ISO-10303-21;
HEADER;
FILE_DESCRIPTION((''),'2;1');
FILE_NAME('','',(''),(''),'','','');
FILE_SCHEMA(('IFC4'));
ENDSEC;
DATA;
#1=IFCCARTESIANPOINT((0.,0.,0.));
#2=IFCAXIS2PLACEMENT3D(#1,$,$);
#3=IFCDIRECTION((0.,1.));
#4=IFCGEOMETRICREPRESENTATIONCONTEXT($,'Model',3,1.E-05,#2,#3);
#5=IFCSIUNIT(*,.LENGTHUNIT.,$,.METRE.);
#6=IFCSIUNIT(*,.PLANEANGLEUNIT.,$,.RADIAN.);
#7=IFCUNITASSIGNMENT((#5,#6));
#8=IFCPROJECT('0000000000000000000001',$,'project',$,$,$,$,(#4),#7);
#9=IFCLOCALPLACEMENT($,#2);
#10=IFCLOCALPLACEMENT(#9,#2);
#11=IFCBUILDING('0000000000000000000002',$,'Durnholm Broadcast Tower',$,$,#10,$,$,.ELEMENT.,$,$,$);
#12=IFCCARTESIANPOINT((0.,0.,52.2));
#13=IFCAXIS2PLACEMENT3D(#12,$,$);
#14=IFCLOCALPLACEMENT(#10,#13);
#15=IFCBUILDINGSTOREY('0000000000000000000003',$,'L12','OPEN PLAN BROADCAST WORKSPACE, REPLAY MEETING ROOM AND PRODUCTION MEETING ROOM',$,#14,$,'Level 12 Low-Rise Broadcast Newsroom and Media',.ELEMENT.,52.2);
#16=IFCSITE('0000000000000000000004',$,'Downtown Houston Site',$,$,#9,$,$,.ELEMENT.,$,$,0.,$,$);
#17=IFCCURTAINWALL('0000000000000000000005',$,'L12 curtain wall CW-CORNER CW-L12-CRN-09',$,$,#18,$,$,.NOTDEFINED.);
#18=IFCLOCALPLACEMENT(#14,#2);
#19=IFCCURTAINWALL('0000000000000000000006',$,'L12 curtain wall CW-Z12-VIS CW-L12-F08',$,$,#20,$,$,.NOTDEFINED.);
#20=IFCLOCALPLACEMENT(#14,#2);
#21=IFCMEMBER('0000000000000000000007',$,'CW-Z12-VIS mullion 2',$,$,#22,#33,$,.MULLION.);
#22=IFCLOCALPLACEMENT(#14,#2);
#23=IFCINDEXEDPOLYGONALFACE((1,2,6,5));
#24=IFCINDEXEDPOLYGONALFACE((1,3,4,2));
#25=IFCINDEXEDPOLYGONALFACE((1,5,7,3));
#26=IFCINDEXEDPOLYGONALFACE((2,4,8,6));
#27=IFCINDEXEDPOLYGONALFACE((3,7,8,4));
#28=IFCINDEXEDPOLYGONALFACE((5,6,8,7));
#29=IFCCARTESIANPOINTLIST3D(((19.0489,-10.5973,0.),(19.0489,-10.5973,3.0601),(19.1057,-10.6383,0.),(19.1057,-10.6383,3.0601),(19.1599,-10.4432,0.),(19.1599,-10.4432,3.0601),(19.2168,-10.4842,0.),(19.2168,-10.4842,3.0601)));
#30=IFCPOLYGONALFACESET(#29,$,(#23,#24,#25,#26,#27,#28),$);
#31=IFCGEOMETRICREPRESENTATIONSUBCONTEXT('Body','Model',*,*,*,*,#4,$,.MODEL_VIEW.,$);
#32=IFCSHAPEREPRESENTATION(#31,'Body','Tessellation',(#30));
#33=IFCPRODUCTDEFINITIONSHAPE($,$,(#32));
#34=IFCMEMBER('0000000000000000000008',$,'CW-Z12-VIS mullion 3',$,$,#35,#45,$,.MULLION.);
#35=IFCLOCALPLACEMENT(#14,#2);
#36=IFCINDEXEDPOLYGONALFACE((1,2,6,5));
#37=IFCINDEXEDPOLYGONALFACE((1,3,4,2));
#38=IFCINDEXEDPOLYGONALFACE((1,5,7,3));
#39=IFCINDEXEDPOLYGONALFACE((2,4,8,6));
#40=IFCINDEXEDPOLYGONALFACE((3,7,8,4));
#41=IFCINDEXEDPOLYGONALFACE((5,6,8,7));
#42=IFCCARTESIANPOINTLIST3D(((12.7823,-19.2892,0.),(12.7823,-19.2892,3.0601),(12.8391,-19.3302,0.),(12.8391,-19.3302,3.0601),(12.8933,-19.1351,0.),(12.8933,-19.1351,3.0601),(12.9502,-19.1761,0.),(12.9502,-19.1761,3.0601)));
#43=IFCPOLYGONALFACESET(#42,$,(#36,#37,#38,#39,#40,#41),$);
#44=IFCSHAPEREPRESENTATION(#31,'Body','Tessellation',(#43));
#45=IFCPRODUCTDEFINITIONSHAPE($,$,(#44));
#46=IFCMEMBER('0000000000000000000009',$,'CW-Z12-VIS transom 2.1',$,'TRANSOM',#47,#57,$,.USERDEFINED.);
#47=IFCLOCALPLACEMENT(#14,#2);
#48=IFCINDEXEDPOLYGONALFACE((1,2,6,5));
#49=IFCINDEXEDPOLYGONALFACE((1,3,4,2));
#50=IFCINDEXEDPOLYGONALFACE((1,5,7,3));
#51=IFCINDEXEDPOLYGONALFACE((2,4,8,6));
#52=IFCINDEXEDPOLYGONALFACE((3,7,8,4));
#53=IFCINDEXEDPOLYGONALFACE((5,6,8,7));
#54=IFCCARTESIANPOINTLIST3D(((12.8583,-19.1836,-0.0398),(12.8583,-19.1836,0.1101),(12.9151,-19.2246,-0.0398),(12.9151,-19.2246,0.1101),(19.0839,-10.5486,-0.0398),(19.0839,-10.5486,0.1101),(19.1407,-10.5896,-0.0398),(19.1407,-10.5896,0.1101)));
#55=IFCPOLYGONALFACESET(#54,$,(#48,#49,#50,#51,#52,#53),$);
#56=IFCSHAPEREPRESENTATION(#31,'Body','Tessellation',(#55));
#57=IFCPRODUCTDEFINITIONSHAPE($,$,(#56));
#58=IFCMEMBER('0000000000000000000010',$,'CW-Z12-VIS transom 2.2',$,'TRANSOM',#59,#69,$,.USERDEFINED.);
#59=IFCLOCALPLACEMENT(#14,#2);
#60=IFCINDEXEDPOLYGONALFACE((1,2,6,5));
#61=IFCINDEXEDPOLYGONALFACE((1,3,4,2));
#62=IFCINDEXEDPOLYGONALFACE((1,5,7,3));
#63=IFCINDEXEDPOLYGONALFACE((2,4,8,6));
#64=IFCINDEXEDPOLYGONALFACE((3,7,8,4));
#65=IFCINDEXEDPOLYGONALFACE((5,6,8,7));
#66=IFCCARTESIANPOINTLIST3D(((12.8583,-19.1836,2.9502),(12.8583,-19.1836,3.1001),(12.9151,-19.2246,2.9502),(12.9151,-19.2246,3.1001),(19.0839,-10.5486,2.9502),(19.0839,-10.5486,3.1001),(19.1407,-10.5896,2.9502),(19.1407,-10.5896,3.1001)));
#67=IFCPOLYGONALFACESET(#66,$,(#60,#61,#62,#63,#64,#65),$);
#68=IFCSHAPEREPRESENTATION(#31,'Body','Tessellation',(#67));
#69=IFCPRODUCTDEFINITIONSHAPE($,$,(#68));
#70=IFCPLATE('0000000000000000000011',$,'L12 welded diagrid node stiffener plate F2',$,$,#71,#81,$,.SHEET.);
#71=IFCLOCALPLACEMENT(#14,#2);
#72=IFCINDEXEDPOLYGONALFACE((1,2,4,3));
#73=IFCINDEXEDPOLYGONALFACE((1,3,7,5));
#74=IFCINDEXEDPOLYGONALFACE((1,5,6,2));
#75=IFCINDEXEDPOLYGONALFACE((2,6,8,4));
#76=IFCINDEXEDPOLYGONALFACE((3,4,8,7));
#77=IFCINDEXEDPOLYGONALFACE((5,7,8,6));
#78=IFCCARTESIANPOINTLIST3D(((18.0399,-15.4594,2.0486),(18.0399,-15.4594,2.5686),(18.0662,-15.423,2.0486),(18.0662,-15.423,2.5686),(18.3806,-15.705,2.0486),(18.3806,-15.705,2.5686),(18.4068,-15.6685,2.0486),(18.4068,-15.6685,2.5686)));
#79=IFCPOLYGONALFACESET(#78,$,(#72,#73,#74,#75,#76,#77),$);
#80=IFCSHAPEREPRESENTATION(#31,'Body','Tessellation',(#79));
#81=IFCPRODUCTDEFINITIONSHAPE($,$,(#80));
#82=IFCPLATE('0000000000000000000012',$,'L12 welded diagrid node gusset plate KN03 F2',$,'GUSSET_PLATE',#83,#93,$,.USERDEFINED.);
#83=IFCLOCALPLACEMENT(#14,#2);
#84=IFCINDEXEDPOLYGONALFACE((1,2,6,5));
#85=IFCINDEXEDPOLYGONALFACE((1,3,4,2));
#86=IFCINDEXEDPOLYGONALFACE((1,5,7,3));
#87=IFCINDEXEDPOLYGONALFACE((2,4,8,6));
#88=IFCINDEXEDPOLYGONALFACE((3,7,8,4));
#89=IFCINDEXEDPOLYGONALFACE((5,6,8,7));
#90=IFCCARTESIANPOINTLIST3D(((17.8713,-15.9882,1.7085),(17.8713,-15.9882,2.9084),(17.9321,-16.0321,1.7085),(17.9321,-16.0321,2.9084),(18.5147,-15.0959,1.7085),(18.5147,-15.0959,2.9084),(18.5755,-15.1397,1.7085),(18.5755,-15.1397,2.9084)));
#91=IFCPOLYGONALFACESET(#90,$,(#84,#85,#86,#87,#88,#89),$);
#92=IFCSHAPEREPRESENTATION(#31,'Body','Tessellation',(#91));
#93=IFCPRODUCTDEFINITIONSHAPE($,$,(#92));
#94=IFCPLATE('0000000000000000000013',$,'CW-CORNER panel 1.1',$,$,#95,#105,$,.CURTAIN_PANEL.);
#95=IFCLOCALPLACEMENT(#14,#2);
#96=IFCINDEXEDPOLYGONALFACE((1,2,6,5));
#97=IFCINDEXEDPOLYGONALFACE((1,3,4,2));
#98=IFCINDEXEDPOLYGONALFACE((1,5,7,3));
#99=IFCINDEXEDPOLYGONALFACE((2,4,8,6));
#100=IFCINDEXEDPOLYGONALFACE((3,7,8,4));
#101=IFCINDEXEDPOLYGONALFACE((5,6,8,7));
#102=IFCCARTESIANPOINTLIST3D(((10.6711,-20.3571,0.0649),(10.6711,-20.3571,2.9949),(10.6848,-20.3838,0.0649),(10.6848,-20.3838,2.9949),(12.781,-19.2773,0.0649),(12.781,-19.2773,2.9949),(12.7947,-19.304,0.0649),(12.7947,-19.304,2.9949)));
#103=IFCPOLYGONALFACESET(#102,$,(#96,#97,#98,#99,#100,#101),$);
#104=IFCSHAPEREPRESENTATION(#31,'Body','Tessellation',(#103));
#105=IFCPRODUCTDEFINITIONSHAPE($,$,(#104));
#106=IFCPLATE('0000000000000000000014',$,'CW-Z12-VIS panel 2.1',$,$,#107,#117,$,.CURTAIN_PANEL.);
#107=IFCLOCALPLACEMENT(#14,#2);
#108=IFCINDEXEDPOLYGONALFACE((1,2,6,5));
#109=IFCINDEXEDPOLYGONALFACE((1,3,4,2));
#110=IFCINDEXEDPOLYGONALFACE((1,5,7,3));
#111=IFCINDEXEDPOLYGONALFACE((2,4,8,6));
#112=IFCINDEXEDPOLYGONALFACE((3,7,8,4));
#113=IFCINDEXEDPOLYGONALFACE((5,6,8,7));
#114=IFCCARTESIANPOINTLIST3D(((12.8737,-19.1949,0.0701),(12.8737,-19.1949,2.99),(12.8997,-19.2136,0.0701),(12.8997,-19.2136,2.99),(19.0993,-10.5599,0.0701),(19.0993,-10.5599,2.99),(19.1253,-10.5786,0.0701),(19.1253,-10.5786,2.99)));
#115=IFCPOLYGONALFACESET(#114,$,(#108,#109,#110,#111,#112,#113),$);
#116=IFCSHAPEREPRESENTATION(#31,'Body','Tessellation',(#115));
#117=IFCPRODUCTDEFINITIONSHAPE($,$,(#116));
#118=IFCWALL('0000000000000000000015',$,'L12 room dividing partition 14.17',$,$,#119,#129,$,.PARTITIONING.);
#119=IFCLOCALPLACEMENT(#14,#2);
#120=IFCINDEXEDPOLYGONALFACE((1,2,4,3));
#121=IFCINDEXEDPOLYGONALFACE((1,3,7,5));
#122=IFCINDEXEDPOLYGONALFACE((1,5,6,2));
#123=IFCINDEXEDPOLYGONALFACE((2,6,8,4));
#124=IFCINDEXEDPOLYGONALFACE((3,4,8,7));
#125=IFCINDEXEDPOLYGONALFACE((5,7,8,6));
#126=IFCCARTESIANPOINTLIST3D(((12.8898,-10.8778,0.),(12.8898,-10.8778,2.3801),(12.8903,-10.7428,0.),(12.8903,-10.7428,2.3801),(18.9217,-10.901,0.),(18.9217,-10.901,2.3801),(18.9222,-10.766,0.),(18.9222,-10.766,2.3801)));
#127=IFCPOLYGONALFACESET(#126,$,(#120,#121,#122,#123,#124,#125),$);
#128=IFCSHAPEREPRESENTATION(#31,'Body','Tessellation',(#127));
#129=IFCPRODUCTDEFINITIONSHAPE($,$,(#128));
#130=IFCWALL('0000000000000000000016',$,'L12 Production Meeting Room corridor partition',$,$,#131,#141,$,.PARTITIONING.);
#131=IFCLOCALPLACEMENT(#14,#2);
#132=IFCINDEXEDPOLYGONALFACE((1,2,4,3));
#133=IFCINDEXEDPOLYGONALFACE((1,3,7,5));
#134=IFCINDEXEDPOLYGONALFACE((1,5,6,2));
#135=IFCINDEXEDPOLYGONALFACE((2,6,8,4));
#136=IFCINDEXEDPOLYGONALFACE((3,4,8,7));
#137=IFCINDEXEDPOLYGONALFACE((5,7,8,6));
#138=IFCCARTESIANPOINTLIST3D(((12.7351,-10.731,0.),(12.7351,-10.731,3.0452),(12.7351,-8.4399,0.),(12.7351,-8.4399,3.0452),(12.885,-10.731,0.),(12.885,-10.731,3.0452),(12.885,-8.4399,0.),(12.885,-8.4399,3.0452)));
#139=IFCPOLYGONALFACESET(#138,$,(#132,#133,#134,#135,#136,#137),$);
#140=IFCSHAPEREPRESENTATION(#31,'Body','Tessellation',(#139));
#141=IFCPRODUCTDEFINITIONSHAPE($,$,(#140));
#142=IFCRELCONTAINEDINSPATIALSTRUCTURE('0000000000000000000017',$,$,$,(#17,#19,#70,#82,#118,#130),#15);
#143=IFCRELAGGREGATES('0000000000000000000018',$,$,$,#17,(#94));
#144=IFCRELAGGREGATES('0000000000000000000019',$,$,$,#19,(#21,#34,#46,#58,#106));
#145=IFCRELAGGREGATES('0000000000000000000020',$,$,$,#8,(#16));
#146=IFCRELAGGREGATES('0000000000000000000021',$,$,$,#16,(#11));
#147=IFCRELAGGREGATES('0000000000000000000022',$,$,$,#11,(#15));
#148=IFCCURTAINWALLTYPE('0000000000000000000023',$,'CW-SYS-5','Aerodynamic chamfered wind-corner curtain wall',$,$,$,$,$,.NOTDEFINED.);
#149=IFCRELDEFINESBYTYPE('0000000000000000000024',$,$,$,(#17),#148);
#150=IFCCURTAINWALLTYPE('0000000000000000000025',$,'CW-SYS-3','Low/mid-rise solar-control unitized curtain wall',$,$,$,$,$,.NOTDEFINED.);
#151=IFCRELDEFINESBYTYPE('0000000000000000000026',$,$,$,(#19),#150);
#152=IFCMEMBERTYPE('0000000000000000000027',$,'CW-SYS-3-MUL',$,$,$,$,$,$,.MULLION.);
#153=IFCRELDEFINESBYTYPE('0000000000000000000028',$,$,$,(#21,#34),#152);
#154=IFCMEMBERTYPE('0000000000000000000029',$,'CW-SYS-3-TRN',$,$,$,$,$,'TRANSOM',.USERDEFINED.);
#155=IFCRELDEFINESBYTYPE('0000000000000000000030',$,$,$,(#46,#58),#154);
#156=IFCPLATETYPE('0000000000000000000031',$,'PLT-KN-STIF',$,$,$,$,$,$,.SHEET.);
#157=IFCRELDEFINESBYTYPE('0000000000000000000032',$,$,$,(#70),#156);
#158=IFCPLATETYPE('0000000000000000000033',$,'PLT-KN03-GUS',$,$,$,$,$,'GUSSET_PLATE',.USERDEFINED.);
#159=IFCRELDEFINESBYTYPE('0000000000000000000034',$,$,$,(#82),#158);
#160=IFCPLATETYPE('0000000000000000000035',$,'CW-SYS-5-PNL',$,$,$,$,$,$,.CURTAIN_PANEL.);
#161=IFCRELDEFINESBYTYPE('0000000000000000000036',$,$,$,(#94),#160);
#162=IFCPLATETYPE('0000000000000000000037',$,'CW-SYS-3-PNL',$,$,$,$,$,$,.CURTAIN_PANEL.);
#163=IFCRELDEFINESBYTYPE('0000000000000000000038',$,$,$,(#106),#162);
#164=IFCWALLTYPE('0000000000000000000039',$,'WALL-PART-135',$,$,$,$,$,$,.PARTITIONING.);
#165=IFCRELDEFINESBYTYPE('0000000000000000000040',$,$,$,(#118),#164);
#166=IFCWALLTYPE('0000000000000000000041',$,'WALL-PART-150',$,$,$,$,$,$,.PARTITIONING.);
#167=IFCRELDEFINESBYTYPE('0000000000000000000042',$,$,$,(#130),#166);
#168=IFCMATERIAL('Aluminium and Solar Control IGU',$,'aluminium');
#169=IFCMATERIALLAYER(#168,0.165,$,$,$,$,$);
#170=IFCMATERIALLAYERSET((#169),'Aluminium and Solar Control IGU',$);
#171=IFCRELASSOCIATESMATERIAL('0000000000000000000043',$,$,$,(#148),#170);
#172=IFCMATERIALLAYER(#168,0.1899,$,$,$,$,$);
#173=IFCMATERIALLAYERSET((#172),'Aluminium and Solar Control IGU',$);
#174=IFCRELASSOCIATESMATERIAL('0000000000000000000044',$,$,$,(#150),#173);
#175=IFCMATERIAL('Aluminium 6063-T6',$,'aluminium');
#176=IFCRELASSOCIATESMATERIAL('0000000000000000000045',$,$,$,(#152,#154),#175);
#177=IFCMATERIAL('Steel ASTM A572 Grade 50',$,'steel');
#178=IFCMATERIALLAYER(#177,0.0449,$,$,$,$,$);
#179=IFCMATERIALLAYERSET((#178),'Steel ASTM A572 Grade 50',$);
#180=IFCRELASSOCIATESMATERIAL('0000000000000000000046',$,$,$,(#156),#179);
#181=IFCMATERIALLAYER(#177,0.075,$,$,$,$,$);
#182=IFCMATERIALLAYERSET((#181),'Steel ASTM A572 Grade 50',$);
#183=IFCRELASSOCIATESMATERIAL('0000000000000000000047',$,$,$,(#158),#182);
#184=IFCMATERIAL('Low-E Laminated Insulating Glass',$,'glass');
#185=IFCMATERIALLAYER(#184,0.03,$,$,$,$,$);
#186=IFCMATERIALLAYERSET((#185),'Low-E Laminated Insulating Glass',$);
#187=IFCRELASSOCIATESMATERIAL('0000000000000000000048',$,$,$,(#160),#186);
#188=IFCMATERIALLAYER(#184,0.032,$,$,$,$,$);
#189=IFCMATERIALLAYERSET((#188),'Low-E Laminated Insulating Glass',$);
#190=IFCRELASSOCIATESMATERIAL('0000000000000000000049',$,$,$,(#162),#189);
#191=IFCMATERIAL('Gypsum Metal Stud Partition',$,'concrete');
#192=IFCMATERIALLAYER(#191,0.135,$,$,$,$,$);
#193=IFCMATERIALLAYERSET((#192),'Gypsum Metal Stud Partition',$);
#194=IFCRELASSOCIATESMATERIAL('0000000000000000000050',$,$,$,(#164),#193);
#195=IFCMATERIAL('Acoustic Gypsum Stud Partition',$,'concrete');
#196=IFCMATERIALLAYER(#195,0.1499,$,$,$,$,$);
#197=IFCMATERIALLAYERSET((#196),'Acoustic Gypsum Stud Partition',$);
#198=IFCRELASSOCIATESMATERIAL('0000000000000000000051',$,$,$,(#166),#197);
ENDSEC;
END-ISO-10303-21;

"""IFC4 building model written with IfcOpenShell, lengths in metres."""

from ifc_helpers import new_model, si_unit, direction, frame, frame_2d, origin, origin_2d, place, context, subcontext, project, spatial, rectangle, extrude, source, transform, mapped, material, layer, layer_set, material_profile, profile_set, type_object, type_shapes, element, aggregate, save


model = new_model("IFC4")

# Units and contexts
model_context = context("Model", 3, precision=1e-05, world=origin(), true_north=direction((0.0, 1.0)))
body_context = subcontext(model_context, "Body", "Model", "MODEL_VIEW")
ifc_project = project(units=[si_unit("LENGTHUNIT", "METRE"), si_unit("PLANEANGLEUNIT", "RADIAN")], contexts=[model_context])

# Site, building, storey
site_placement = place(None, origin())
site = spatial("IfcSite", under=ifc_project, at=site_placement, Name="Downtown Houston Site", CompositionType="ELEMENT", RefElevation=0.0)
building_placement = place(site_placement, origin())
building = spatial("IfcBuilding", under=site, at=building_placement, Name="Durnholm Broadcast Tower", CompositionType="ELEMENT")
storey_placement = place(building_placement, frame((0.0, 0.0, 52.2)))
storey = spatial("IfcBuildingStorey", under=building, at=storey_placement, Name="L12", Description="OPEN PLAN BROADCAST WORKSPACE, REPLAY MEETING ROOM AND PRODUCTION MEETING ROOM", LongName="Level 12 Low-Rise Broadcast Newsroom and Media", CompositionType="ELEMENT", Elevation=52.2)

# Curtain walls, members
ifc_material_1 = material(Name="Aluminium and Solar Control IGU", Category="aluminium")
ifc_layer_1 = layer(ifc_material_1, 0.165)
ifc_layer_set_1 = layer_set([ifc_layer_1], Name="Aluminium and Solar Control IGU")
curtain_wall_type_1 = type_object("IfcCurtainWallType", Name="CW-SYS-5", Description="Aerodynamic chamfered wind-corner curtain wall", PredefinedType="NOTDEFINED", material=ifc_layer_set_1)
curtain_wall_1_placement = place(storey_placement, origin())
curtain_wall_1 = element("IfcCurtainWall", 1, at=curtain_wall_1_placement, inside=storey, type_object=curtain_wall_type_1, Name="L12 curtain wall CW-CORNER CW-L12-CRN-09", PredefinedType="NOTDEFINED")
ifc_material_2 = material(Name="Aluminium 6063-T6", Category="aluminium")
ifc_layer_2 = layer(ifc_material_1, 0.1899)
ifc_layer_set_2 = layer_set([ifc_layer_2], Name="Aluminium and Solar Control IGU")
curtain_wall_type_2 = type_object("IfcCurtainWallType", Name="CW-SYS-3", Description="Low/mid-rise solar-control unitized curtain wall", PredefinedType="NOTDEFINED", material=ifc_layer_set_2)
curtain_wall_2_placement = place(storey_placement, origin())
curtain_wall_2 = element("IfcCurtainWall", 2, at=curtain_wall_2_placement, inside=storey, type_object=curtain_wall_type_2, Name="L12 curtain wall CW-Z12-VIS CW-L12-F08", PredefinedType="NOTDEFINED")
ifc_material_profile_1 = material_profile(ifc_material_2, rectangle(XDim=0.0701, YDim=0.1899, at=origin_2d()), Name="CWM70X190")
ifc_profile_set_1 = profile_set([ifc_material_profile_1], Name="Aluminium 6063-T6")
member_type_1 = type_object("IfcMemberType", Name="CW-SYS-3-MUL", PredefinedType="MULLION", material=ifc_profile_set_1)
shared_shape_1 = source(origin(), body_context, "Body", "SweptSolid", [
    extrude(rectangle(XDim=0.0701, YDim=0.1899, at=origin_2d()), origin(), (0.0, 0.0, 1.0), 3.0601),
])
type_shapes(member_type_1, [shared_shape_1])
member_1_placement = place(storey_placement, frame((19.1328, -10.5408, 0.0), z_axis=(0.0, 0.0, 1.0), x_axis=(0.811161, -0.584823, 0.0)))
member_1 = element("IfcMember", 3, at=member_1_placement, type_object=member_type_1, Name="CW-Z12-VIS mullion 2", PredefinedType="MULLION", context=body_context, shape_type="MappedRepresentation", body=[
    mapped(shared_shape_1, transform((0.0, 0.0, 0.0), x_axis=(1.0, 0.0, 0.0), y_axis=(0.0, 1.0, 0.0), z_axis=(0.0, 0.0, 1.0), scale=1.0)),
])
member_2_placement = place(storey_placement, frame((12.8662, -19.2327, 0.0), z_axis=(0.0, 0.0, 1.0), x_axis=(0.811161, -0.584823, 0.0)))
member_2 = element("IfcMember", 4, at=member_2_placement, type_object=member_type_1, Name="CW-Z12-VIS mullion 3", PredefinedType="MULLION", context=body_context, shape_type="MappedRepresentation", body=[
    mapped(shared_shape_1, transform((0.0, 0.0, 0.0), x_axis=(1.0, 0.0, 0.0), y_axis=(0.0, 1.0, 0.0), z_axis=(0.0, 0.0, 1.0), scale=1.0)),
])
ifc_material_profile_2 = material_profile(ifc_material_2, rectangle(XDim=0.0701, YDim=0.1499, at=origin_2d()), Name="CWT70X150")
ifc_profile_set_2 = profile_set([ifc_material_profile_2], Name="Aluminium 6063-T6")
member_type_2 = type_object("IfcMemberType", Name="CW-SYS-3-TRN", ElementType="TRANSOM", PredefinedType="USERDEFINED", material=ifc_profile_set_2)
shared_shape_2 = source(origin(), body_context, "Body", "SweptSolid", [
    extrude(rectangle(XDim=0.0701, YDim=0.1499, at=origin_2d()), origin(), (0.0, 0.0, 1.0), 10.6453),
])
type_shapes(member_type_2, [shared_shape_2])
member_3_placement = place(storey_placement, frame((19.1123, -10.5691, 0.0352), z_axis=(-0.584823, -0.811161, 0.0), x_axis=(0.811161, -0.584823, 0.0)))
member_3 = element("IfcMember", 5, at=member_3_placement, type_object=member_type_2, Name="CW-Z12-VIS transom 2.1", ObjectType="TRANSOM", PredefinedType="USERDEFINED", context=body_context, shape_type="MappedRepresentation", body=[
    mapped(shared_shape_2, transform((0.0, 0.0, 0.0), x_axis=(1.0, 0.0, 0.0), y_axis=(0.0, 1.0, 0.0), z_axis=(0.0, 0.0, 1.0), scale=1.0)),
])
member_4_placement = place(storey_placement, frame((19.1123, -10.5691, 3.0251), z_axis=(-0.584823, -0.811161, 0.0), x_axis=(0.811161, -0.584823, 0.0)))
member_4 = element("IfcMember", 6, at=member_4_placement, type_object=member_type_2, Name="CW-Z12-VIS transom 2.2", ObjectType="TRANSOM", PredefinedType="USERDEFINED", context=body_context, shape_type="MappedRepresentation", body=[
    mapped(shared_shape_2, transform((0.0, 0.0, 0.0), x_axis=(1.0, 0.0, 0.0), y_axis=(0.0, 1.0, 0.0), z_axis=(0.0, 0.0, 1.0), scale=1.0)),
])

# Plates
ifc_material_3 = material(Name="Steel ASTM A572 Grade 50", Category="steel")
ifc_layer_3 = layer(ifc_material_3, 0.0449)
ifc_layer_set_3 = layer_set([ifc_layer_3], Name="Steel ASTM A572 Grade 50")
plate_type_1 = type_object("IfcPlateType", Name="PLT-KN-STIF", PredefinedType="SHEET", material=ifc_layer_set_3)
shared_shape_3 = source(origin(), body_context, "Body", "SweptSolid", [
    extrude(rectangle(XDim=0.0449, YDim=0.4199, at=origin_2d()), origin(), (0.0, 0.0, 1.0), 0.52),
])
type_shapes(plate_type_1, [shared_shape_3])
plate_1_placement = place(storey_placement, frame((18.2234, -15.564, 2.0486), z_axis=(0.0, 0.0, 1.0), x_axis=(0.584816, 0.811166, 0.0)))
element("IfcPlate", 7, at=plate_1_placement, inside=storey, type_object=plate_type_1, Name="L12 welded diagrid node stiffener plate F2", PredefinedType="SHEET", context=body_context, shape_type="MappedRepresentation", body=[
    mapped(shared_shape_3, transform((0.0, 0.0, 0.0), x_axis=(1.0, 0.0, 0.0), y_axis=(0.0, 1.0, 0.0), z_axis=(0.0, 0.0, 1.0), scale=1.0)),
])
ifc_layer_4 = layer(ifc_material_3, 0.075)
ifc_layer_set_4 = layer_set([ifc_layer_4], Name="Steel ASTM A572 Grade 50")
plate_type_2 = type_object("IfcPlateType", Name="PLT-KN03-GUS", ElementType="GUSSET_PLATE", PredefinedType="USERDEFINED", material=ifc_layer_set_4)
shared_shape_4 = source(origin(), body_context, "Body", "SweptSolid", [
    extrude(rectangle(XDim=1.1001, YDim=0.075, at=origin_2d()), origin(), (0.0, 0.0, 1.0), 1.2),
])
type_shapes(plate_type_2, [shared_shape_4])
plate_2_placement = place(storey_placement, frame((18.2234, -15.564, 1.7085), z_axis=(0.0, 0.0, 1.0), x_axis=(0.584816, 0.811166, 0.0)))
element("IfcPlate", 8, at=plate_2_placement, inside=storey, type_object=plate_type_2, Name="L12 welded diagrid node gusset plate KN03 F2", ObjectType="GUSSET_PLATE", PredefinedType="USERDEFINED", context=body_context, shape_type="MappedRepresentation", body=[
    mapped(shared_shape_4, transform((0.0, 0.0, 0.0), x_axis=(1.0, 0.0, 0.0), y_axis=(0.0, 1.0, 0.0), z_axis=(0.0, 0.0, 1.0), scale=1.0)),
])

# Plates
ifc_material_4 = material(Name="Low-E Laminated Insulating Glass", Category="glass")
ifc_layer_5 = layer(ifc_material_4, 0.03)
ifc_layer_set_5 = layer_set([ifc_layer_5], Name="Low-E Laminated Insulating Glass")
plate_type_3 = type_object("IfcPlateType", Name="CW-SYS-5-PNL", PredefinedType="CURTAIN_PANEL", material=ifc_layer_set_5)
shared_shape_5 = source(origin(), body_context, "Body", "SweptSolid", [
    extrude(rectangle(XDim=2.3701, YDim=0.03, at=origin_2d()), origin(), (0.0, 0.0, 1.0), 2.9299),
])
type_shapes(plate_type_3, [shared_shape_5])
plate_3_placement = place(storey_placement, frame((11.7329, -19.8306, 0.0649), z_axis=(0.0, 0.0, 1.0), x_axis=(-0.890188, -0.455594, 0.0)))
plate_3 = element("IfcPlate", 9, at=plate_3_placement, type_object=plate_type_3, Name="CW-CORNER panel 1.1", PredefinedType="CURTAIN_PANEL", context=body_context, shape_type="MappedRepresentation", body=[
    mapped(shared_shape_5, transform((0.0, 0.0, 0.0), x_axis=(1.0, 0.0, 0.0), y_axis=(0.0, 1.0, 0.0), z_axis=(0.0, 0.0, 1.0), scale=1.0)),
])
aggregate(curtain_wall_1, [plate_3])
ifc_layer_6 = layer(ifc_material_4, 0.032)
ifc_layer_set_6 = layer_set([ifc_layer_6], Name="Low-E Laminated Insulating Glass")
plate_type_4 = type_object("IfcPlateType", Name="CW-SYS-3-PNL", PredefinedType="CURTAIN_PANEL", material=ifc_layer_set_6)
shared_shape_6 = source(origin(), body_context, "Body", "SweptSolid", [
    extrude(rectangle(XDim=10.6453, YDim=0.032, at=origin_2d()), origin(), (0.0, 0.0, 1.0), 2.9199),
])
type_shapes(plate_type_4, [shared_shape_6])
plate_4_placement = place(storey_placement, frame((15.9995, -14.8867, 0.0701), z_axis=(0.0, 0.0, 1.0), x_axis=(-0.584823, -0.811161, 0.0)))
plate_4 = element("IfcPlate", 10, at=plate_4_placement, type_object=plate_type_4, Name="CW-Z12-VIS panel 2.1", PredefinedType="CURTAIN_PANEL", context=body_context, shape_type="MappedRepresentation", body=[
    mapped(shared_shape_6, transform((0.0, 0.0, 0.0), x_axis=(1.0, 0.0, 0.0), y_axis=(0.0, 1.0, 0.0), z_axis=(0.0, 0.0, 1.0), scale=1.0)),
])
aggregate(curtain_wall_2, [member_1, member_2, member_3, member_4, plate_4])

# Walls
ifc_material_5 = material(Name="Gypsum Metal Stud Partition", Category="concrete")
ifc_layer_7 = layer(ifc_material_5, 0.135)
ifc_layer_set_7 = layer_set([ifc_layer_7], Name="Gypsum Metal Stud Partition")
wall_type_1 = type_object("IfcWallType", Name="WALL-PART-135", PredefinedType="PARTITIONING", material=ifc_layer_set_7)
wall_1_placement = place(storey_placement, frame((12.8899, -10.8103, 0.0), z_axis=(0.0, 0.0, 1.0), x_axis=(0.999993, -0.003845, 0.0)))
element("IfcWall", 11, at=wall_1_placement, inside=storey, type_object=wall_type_1, Name="L12 room dividing partition 14.17", PredefinedType="PARTITIONING", context=body_context, shape_type="SweptSolid", body=[
    extrude(rectangle(XDim=6.032, YDim=0.135, at=frame_2d((3.0161, 0.0))), origin(), (0.0, 0.0, 1.0), 2.3801),
])
ifc_material_6 = material(Name="Acoustic Gypsum Stud Partition", Category="concrete")
ifc_layer_8 = layer(ifc_material_6, 0.1499)
ifc_layer_set_8 = layer_set([ifc_layer_8], Name="Acoustic Gypsum Stud Partition")
wall_type_2 = type_object("IfcWallType", Name="WALL-PART-150", PredefinedType="PARTITIONING", material=ifc_layer_set_8)
wall_2_placement = place(storey_placement, frame((12.8101, -10.731, 0.0), z_axis=(0.0, 0.0, 1.0), x_axis=(0.0, 1.0, 0.0)))
element("IfcWall", 12, at=wall_2_placement, inside=storey, type_object=wall_type_2, Name="L12 Production Meeting Room corridor partition", PredefinedType="PARTITIONING", context=body_context, shape_type="SweptSolid", body=[
    extrude(rectangle(XDim=2.291, YDim=0.1499, at=frame_2d((1.1455, 0.0))), origin(), (0.0, 0.0, 1.0), 3.0452),
])

save(model, "model.ifc")
